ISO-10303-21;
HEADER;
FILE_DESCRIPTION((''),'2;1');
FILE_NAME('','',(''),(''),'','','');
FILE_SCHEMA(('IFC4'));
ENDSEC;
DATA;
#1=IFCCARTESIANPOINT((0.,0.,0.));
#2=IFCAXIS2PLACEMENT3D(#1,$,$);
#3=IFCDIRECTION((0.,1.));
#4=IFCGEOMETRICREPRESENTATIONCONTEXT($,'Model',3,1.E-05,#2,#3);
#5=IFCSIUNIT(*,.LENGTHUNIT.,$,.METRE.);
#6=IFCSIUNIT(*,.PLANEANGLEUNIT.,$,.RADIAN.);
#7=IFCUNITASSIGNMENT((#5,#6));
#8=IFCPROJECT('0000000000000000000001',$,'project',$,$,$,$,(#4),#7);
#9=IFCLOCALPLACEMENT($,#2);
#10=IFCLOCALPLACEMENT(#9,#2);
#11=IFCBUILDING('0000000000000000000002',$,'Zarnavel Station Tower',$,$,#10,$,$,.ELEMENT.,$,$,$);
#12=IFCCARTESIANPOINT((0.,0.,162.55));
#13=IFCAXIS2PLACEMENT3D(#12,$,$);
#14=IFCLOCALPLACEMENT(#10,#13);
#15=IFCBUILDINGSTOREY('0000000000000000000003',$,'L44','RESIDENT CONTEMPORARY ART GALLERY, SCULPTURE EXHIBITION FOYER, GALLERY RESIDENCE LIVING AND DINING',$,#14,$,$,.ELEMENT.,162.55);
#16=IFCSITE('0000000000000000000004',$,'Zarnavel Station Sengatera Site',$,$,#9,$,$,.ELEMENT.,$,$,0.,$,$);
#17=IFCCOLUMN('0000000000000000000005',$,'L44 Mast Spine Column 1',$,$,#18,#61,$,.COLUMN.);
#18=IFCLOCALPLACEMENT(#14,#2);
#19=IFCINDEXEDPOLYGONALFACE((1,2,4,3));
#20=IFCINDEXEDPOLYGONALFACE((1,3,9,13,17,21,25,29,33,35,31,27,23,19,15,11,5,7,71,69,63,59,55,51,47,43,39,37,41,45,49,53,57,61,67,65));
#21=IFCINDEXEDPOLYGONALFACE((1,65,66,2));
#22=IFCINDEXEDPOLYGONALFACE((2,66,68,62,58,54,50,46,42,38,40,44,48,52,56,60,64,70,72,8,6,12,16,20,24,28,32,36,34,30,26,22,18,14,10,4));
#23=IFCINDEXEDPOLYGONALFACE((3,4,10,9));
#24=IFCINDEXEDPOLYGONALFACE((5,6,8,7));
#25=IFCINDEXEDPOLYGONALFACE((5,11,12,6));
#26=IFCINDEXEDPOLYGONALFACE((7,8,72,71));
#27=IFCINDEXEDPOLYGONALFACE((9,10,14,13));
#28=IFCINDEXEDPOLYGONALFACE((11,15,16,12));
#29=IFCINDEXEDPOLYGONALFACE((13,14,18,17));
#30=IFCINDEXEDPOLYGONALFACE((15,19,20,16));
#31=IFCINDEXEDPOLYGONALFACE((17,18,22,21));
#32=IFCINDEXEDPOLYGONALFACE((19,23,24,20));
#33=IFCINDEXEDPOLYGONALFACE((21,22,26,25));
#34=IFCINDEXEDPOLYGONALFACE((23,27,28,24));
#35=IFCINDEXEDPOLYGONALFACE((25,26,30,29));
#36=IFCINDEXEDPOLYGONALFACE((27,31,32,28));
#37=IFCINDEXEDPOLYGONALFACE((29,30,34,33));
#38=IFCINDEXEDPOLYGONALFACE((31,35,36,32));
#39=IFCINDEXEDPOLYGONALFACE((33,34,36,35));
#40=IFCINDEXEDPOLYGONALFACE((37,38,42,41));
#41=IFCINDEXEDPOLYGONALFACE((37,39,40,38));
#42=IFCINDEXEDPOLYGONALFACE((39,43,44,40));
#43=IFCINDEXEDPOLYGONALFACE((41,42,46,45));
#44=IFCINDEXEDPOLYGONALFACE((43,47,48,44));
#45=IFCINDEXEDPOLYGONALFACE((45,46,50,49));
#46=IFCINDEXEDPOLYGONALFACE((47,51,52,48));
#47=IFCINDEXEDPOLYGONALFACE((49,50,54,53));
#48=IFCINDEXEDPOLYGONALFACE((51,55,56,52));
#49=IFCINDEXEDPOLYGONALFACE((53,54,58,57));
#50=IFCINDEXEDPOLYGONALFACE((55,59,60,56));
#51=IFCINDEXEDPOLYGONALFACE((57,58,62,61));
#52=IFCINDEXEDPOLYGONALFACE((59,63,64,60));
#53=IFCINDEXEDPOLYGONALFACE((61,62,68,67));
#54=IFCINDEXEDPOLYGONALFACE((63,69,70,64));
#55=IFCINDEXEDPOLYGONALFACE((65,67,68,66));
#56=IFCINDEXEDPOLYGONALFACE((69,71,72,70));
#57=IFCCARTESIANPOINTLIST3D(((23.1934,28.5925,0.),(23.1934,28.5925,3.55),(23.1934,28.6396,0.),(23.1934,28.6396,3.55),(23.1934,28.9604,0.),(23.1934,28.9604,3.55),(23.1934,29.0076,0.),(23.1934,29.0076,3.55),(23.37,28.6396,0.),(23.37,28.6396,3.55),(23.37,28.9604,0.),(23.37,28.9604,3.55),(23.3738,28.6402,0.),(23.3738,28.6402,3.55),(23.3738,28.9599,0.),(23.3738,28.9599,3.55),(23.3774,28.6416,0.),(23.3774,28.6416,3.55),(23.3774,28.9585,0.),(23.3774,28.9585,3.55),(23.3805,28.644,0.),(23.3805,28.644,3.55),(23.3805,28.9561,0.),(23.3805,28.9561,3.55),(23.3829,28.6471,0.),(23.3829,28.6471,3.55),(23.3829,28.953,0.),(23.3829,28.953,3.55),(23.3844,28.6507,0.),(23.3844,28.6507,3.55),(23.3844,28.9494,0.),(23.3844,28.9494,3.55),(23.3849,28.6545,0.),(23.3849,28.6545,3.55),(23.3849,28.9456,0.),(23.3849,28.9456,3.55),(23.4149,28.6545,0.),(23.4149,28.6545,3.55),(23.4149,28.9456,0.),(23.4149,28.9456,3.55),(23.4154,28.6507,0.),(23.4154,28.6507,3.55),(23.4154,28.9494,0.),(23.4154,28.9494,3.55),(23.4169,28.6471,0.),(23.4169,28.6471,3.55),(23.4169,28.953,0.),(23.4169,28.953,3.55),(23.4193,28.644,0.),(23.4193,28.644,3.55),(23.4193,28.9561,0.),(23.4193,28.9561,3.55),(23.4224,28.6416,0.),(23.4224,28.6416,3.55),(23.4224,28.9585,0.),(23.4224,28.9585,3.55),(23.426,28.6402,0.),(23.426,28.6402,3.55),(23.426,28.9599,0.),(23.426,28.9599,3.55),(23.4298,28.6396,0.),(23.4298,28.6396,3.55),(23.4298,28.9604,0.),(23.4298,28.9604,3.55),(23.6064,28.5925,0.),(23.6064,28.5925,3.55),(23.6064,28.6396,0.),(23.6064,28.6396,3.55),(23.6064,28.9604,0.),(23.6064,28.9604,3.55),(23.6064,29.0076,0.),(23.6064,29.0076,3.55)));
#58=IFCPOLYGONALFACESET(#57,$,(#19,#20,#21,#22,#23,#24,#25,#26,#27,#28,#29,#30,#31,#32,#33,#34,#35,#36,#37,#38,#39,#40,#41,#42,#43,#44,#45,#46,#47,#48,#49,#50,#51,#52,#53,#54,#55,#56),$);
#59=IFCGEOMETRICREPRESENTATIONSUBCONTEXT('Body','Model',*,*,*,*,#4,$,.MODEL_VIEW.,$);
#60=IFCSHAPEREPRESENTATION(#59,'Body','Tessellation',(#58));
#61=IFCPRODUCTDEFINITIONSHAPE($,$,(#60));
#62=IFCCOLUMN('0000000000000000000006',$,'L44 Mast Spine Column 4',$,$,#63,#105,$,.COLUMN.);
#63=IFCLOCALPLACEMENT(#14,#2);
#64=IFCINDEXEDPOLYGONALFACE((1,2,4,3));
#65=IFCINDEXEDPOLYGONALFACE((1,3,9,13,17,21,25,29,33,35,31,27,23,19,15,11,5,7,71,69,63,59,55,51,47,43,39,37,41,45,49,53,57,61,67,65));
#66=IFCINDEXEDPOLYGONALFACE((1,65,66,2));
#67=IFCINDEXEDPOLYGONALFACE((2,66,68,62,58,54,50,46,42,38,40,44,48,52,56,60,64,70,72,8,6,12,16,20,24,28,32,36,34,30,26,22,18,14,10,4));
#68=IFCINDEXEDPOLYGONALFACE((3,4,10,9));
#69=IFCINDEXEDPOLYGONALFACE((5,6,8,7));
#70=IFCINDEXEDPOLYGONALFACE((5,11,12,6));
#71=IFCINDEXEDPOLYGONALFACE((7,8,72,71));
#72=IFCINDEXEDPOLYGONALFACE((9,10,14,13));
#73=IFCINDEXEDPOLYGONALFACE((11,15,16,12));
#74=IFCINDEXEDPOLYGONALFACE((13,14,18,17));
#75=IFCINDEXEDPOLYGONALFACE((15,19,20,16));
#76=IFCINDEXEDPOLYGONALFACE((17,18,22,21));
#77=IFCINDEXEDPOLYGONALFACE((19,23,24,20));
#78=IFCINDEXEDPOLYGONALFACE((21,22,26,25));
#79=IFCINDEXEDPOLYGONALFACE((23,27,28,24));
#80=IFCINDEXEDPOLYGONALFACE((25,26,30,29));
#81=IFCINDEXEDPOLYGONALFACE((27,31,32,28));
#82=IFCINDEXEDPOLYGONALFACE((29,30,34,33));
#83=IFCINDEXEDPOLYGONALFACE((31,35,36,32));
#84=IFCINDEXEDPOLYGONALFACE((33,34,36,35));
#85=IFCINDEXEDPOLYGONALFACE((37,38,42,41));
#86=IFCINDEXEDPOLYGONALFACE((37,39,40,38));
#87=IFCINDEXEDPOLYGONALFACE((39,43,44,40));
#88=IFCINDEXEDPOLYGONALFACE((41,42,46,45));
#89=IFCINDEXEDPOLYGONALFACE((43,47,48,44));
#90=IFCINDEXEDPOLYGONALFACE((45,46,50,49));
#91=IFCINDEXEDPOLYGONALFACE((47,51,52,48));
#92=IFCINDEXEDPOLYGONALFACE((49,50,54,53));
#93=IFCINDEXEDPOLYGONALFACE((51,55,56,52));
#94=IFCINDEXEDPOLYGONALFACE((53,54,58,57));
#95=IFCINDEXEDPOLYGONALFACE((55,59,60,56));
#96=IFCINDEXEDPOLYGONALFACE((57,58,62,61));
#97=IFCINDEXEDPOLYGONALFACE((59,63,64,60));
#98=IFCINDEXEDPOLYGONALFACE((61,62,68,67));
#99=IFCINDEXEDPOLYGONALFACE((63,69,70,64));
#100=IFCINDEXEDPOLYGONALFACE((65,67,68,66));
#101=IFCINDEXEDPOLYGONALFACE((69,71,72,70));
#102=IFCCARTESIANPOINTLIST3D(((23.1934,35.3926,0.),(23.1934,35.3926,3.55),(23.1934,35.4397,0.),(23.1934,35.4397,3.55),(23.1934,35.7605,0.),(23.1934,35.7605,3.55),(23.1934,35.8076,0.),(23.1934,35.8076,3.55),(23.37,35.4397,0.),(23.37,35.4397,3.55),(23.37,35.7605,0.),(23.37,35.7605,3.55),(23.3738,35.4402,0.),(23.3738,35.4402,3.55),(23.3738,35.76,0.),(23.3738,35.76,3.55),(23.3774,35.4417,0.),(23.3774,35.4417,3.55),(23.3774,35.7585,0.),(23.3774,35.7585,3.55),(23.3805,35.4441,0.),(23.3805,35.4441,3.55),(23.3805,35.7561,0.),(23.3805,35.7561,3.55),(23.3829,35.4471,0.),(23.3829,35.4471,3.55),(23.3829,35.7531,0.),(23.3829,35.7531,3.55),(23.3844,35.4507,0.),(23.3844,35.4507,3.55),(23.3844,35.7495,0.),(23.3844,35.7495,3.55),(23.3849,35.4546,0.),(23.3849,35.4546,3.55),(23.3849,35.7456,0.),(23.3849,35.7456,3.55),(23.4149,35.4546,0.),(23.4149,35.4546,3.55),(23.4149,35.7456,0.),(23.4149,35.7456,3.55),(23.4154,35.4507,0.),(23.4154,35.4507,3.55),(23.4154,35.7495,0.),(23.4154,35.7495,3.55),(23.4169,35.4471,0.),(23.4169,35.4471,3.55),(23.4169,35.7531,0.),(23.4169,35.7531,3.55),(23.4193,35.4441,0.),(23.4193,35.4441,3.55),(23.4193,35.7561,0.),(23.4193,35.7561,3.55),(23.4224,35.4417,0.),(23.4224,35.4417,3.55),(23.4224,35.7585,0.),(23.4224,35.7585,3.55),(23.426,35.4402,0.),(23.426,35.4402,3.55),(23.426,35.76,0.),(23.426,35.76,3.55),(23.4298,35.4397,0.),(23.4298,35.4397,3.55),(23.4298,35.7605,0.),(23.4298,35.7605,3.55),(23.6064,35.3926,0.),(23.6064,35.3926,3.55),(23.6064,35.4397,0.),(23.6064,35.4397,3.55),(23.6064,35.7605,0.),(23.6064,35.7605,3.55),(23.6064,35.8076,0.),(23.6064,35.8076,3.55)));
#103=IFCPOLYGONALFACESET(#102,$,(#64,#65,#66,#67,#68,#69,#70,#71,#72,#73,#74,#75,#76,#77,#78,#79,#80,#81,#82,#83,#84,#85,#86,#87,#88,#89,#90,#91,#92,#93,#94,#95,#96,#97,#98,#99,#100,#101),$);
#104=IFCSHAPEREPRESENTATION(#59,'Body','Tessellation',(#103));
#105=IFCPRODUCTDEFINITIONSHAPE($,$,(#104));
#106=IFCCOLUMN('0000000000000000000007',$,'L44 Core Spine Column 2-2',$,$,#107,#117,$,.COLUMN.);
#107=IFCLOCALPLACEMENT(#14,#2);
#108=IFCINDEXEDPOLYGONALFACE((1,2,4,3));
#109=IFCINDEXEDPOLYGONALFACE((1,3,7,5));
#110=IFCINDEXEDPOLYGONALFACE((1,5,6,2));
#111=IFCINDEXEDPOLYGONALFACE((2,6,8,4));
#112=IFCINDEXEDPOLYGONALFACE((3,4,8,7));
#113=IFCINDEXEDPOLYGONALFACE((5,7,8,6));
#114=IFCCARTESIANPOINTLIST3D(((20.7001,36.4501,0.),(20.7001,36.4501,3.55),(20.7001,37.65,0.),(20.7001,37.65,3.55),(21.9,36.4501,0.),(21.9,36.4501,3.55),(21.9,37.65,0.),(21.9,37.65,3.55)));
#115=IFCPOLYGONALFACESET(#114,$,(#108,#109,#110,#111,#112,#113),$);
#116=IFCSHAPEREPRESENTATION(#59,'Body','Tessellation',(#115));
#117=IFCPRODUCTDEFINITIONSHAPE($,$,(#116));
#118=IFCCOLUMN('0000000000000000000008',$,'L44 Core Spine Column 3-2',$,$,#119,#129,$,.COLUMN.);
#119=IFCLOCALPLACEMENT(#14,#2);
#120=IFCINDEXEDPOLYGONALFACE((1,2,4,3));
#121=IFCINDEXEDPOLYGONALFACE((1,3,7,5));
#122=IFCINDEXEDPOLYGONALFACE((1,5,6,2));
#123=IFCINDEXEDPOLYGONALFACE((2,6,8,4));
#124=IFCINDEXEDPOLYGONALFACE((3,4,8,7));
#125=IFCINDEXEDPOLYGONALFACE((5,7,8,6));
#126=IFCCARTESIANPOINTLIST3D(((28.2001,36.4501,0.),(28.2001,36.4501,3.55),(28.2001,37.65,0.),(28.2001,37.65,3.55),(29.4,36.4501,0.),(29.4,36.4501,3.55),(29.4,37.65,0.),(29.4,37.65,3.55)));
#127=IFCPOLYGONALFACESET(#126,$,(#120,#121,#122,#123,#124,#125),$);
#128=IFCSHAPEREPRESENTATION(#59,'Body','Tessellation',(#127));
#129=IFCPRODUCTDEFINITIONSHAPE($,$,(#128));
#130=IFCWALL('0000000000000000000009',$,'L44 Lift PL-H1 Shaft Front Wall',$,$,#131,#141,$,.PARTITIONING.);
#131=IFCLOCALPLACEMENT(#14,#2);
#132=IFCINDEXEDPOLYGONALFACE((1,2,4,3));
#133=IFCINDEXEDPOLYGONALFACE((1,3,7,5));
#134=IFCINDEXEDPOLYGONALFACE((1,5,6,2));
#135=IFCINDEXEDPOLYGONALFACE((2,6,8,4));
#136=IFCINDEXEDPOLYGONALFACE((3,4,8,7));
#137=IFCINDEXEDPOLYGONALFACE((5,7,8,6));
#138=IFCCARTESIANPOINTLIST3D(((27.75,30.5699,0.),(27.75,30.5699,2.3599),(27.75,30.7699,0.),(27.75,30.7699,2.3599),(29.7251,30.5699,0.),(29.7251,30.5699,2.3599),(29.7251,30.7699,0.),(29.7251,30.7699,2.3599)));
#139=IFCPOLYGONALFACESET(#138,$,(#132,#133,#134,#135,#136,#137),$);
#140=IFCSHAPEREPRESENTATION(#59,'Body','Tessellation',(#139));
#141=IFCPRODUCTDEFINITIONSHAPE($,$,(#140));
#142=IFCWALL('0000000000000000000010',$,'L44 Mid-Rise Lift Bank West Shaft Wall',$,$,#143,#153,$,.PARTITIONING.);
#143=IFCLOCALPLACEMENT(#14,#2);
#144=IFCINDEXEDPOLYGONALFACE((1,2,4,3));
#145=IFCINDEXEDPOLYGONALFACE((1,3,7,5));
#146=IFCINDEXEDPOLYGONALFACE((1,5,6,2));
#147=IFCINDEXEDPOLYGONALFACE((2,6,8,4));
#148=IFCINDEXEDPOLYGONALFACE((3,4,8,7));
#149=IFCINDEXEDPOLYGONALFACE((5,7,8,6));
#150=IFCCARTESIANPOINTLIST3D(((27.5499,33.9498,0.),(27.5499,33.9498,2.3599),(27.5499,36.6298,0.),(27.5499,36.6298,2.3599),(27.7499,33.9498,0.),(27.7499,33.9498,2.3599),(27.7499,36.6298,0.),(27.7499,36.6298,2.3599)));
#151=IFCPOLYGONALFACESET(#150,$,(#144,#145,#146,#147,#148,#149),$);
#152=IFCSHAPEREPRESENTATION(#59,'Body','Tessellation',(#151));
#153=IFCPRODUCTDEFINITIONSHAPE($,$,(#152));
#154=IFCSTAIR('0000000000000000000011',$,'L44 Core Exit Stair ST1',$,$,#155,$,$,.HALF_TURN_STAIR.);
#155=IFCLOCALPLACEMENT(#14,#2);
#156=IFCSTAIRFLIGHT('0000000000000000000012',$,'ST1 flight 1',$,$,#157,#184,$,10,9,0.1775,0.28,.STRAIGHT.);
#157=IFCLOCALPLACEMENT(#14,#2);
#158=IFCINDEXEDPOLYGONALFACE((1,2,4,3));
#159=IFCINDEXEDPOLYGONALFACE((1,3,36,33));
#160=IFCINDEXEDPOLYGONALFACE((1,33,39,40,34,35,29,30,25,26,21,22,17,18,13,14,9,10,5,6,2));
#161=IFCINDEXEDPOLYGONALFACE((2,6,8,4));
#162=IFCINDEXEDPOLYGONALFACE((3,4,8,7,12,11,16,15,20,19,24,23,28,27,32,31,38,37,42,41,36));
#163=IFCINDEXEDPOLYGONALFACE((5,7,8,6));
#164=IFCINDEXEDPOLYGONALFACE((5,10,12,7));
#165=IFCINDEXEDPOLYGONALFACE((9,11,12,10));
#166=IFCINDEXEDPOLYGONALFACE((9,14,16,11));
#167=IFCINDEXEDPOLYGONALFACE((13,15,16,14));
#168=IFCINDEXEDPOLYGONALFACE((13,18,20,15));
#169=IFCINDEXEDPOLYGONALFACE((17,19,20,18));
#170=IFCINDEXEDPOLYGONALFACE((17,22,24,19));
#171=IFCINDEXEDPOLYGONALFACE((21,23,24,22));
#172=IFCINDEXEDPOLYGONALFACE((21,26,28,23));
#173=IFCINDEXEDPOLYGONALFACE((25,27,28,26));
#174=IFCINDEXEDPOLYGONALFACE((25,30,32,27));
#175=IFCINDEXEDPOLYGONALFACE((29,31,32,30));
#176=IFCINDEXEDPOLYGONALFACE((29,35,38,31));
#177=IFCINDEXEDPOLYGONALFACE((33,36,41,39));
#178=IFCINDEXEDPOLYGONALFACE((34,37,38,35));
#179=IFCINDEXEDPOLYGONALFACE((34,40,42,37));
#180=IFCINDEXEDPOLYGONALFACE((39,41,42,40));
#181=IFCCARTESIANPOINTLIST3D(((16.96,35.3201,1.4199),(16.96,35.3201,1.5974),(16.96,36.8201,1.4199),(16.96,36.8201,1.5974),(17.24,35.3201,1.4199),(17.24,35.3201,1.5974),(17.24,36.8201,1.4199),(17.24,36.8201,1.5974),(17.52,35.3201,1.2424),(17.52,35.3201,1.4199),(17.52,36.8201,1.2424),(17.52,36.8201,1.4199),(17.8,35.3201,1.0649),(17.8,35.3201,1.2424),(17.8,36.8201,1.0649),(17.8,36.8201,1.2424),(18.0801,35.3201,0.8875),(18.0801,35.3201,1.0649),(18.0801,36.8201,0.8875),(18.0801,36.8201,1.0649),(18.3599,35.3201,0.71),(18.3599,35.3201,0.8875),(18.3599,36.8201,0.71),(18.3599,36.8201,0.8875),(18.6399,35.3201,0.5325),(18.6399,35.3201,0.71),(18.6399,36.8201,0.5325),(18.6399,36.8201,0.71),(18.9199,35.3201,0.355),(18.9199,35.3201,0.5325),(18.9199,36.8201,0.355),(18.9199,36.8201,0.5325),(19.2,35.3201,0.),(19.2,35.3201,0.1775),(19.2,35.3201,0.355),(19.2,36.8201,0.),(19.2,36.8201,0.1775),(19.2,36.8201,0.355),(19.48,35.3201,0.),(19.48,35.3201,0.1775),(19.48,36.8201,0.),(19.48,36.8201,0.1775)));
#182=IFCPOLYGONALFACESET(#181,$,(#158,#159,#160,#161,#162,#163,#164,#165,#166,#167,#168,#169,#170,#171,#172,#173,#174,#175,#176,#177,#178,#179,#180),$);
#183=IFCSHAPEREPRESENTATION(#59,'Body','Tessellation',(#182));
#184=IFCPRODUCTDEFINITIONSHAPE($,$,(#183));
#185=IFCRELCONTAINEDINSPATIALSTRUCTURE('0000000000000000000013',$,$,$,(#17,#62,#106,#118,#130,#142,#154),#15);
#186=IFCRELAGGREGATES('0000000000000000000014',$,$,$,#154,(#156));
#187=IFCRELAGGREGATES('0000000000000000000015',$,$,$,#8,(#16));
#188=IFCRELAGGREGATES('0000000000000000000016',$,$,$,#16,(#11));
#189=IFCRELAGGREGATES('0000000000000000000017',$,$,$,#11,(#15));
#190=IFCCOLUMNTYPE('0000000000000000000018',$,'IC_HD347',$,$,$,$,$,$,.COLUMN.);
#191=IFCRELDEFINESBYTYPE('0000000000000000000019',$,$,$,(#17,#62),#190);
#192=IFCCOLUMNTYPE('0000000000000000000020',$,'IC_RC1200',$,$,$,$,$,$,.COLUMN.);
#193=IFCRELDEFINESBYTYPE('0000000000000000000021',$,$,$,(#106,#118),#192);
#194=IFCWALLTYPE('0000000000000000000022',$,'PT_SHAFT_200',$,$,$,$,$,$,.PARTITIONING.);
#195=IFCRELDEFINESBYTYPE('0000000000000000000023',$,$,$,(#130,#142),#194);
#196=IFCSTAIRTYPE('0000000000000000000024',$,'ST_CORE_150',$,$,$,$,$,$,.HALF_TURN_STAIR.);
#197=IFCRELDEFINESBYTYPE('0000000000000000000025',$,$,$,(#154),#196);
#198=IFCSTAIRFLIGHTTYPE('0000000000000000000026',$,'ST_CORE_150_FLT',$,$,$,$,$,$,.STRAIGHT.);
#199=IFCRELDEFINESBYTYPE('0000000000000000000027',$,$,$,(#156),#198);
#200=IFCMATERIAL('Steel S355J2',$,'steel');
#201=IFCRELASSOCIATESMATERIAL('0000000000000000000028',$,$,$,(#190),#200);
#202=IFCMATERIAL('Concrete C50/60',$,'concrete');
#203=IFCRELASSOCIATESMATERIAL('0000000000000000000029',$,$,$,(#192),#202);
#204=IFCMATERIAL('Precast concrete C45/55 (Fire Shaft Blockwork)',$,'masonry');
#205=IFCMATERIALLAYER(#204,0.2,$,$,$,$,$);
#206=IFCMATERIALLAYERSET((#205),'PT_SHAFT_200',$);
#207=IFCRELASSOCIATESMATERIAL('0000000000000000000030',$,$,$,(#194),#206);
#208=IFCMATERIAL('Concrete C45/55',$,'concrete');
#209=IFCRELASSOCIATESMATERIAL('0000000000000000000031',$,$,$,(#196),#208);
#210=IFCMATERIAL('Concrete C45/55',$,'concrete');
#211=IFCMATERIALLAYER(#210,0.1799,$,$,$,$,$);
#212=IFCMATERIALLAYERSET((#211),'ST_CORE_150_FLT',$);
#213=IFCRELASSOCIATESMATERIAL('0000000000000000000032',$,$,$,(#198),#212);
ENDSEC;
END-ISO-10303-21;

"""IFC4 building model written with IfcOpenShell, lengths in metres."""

from ifc_helpers import new_model, si_unit, direction, frame, frame_2d, origin, origin_2d, place, context, subcontext, project, spatial, polyline, rectangle, i_section, outline, extrude, material, layer, layer_set, material_profile, profile_set, type_object, element, aggregate, save


model = new_model("IFC4")

# Units and contexts
model_context = context("Model", 3, precision=1e-05, world=origin(), true_north=direction((0.0, 1.0)))
body_context = subcontext(model_context, "Body", "Model", "MODEL_VIEW")
ifc_project = project(units=[si_unit("LENGTHUNIT", "METRE"), si_unit("PLANEANGLEUNIT", "RADIAN")], contexts=[model_context])

# Site, building, storey
site_placement = place(None, origin())
site = spatial("IfcSite", under=ifc_project, at=site_placement, Name="Zarnavel Station Sengatera Site", CompositionType="ELEMENT", RefElevation=0.0)
building_placement = place(site_placement, origin())
building = spatial("IfcBuilding", under=site, at=building_placement, Name="Zarnavel Station Tower", CompositionType="ELEMENT")
storey_placement = place(building_placement, frame((0.0, 0.0, 162.55)))
storey = spatial("IfcBuildingStorey", under=building, at=storey_placement, Name="L44", Description="RESIDENT CONTEMPORARY ART GALLERY, SCULPTURE EXHIBITION FOYER, GALLERY RESIDENCE LIVING AND DINING", CompositionType="ELEMENT", Elevation=162.55)

# Columns
ifc_material_1 = material(Name="Steel S355J2", Category="steel")
ifc_material_profile_1 = material_profile(ifc_material_1, i_section(OverallWidth=0.4131, OverallDepth=0.415, WebThickness=0.03, FlangeThickness=0.0471, FilletRadius=0.0149, at=origin_2d()), Name="HD400x347")
ifc_profile_set_1 = profile_set([ifc_material_profile_1], Name="Steel S355J2")
column_type_1 = type_object("IfcColumnType", Name="IC_HD347", PredefinedType="COLUMN", material=ifc_profile_set_1)
for number, where, z_axis, x_axis, name in (
    (1, (23.3999, 28.8, 0.0), (0.0, 0.0, 1.0), (1.0, 0.0, 0.0), "L44 Mast Spine Column 1"),
    (2, (23.3999, 35.6001, 0.0), (0.0, 0.0, 1.0), (1.0, 0.0, 0.0), "L44 Mast Spine Column 4"),
):
    element("IfcColumn", number, at=place(storey_placement, frame(where, z_axis=z_axis, x_axis=x_axis)), inside=storey, type_object=column_type_1, Name=name, PredefinedType="COLUMN", context=body_context, shape_type="SweptSolid", body=[
        extrude(i_section(OverallWidth=0.4131, OverallDepth=0.415, WebThickness=0.03, FlangeThickness=0.0471, FilletRadius=0.0149, at=origin_2d()), origin(), (0.0, 0.0, 1.0), 3.55),
    ])
ifc_material_2 = material(Name="Concrete C50/60", Category="concrete")
ifc_material_profile_2 = material_profile(ifc_material_2, rectangle(XDim=1.2, YDim=1.2, at=origin_2d()), Name="RC1200x1200")
ifc_profile_set_2 = profile_set([ifc_material_profile_2], Name="Concrete C50/60")
column_type_2 = type_object("IfcColumnType", Name="IC_RC1200", PredefinedType="COLUMN", material=ifc_profile_set_2)
for number, where, z_axis, x_axis, name in (
    (3, (21.3, 37.05, 0.0), (0.0, 0.0, 1.0), (1.0, 0.0, 0.0), "L44 Core Spine Column 2-2"),
    (4, (28.8, 37.05, 0.0), (0.0, 0.0, 1.0), (1.0, 0.0, 0.0), "L44 Core Spine Column 3-2"),
):
    element("IfcColumn", number, at=place(storey_placement, frame(where, z_axis=z_axis, x_axis=x_axis)), inside=storey, type_object=column_type_2, Name=name, PredefinedType="COLUMN", context=body_context, shape_type="SweptSolid", body=[
        extrude(rectangle(XDim=1.2, YDim=1.2, at=origin_2d()), origin(), (0.0, 0.0, 1.0), 3.55),
    ])

# Wall
ifc_material_3 = material(Name="Precast concrete C45/55 (Fire Shaft Blockwork)", Category="masonry")
ifc_layer_1 = layer(ifc_material_3, 0.2)
ifc_layer_set_1 = layer_set([ifc_layer_1], Name="PT_SHAFT_200")
wall_type_1 = type_object("IfcWallType", Name="PT_SHAFT_200", PredefinedType="PARTITIONING", material=ifc_layer_set_1)
wall_1_placement = place(storey_placement, frame((27.75, 30.6699, 0.0), z_axis=(0.0, 0.0, 1.0), x_axis=(1.0, 0.0, 0.0)))
element("IfcWall", 5, at=wall_1_placement, inside=storey, type_object=wall_type_1, Name="L44 Lift PL-H1 Shaft Front Wall", PredefinedType="PARTITIONING", context=body_context, shape_type="SweptSolid", body=[
    extrude(rectangle(XDim=1.9751, YDim=0.2, at=frame_2d((0.9875, 0.0))), origin(), (0.0, 0.0, 1.0), 2.3599),
])

# Wall
wall_2_placement = place(storey_placement, frame((27.6499, 33.95, 0.0), z_axis=(0.0, 0.0, 1.0), x_axis=(0.0, 1.0, 0.0)))
element("IfcWall", 6, at=wall_2_placement, inside=storey, type_object=wall_type_1, Name="L44 Mid-Rise Lift Bank West Shaft Wall", PredefinedType="PARTITIONING", context=body_context, shape_type="SweptSolid", body=[
    extrude(rectangle(XDim=2.6799, YDim=0.2, at=frame_2d((1.3398, 0.0))), origin(), (0.0, 0.0, 1.0), 2.3599),
])

# Stair, stair flight
ifc_material_4 = material(Name="Concrete C45/55", Category="concrete")
stair_type = type_object("IfcStairType", Name="ST_CORE_150", PredefinedType="HALF_TURN_STAIR", material=ifc_material_4)
stair_placement = place(storey_placement, origin())
stair = element("IfcStair", 7, at=stair_placement, inside=storey, type_object=stair_type, Name="L44 Core Exit Stair ST1", PredefinedType="HALF_TURN_STAIR")
ifc_material_5 = material(Name="Concrete C45/55", Category="concrete")
ifc_layer_2 = layer(ifc_material_5, 0.1799)
ifc_layer_set_2 = layer_set([ifc_layer_2], Name="ST_CORE_150_FLT")
stair_flight_type = type_object("IfcStairFlightType", Name="ST_CORE_150_FLT", PredefinedType="STRAIGHT", material=ifc_layer_set_2)
stair_flight_1_placement = place(storey_placement, frame((19.48, 36.0701, 0.0), z_axis=(0.0, 0.0, 1.0), x_axis=(-1.0, 0.0, 0.0)))
stair_flight_1 = element("IfcStairFlight", 8, at=stair_flight_1_placement, type_object=stair_flight_type, Name="ST1 flight 1", NumberOfRisers=10, NumberOfTreads=9, PredefinedType="STRAIGHT", RiserHeight=0.1775, TreadLength=0.28, context=body_context, shape_type="SweptSolid", body=[
    extrude(outline(polyline([(0.0, 0.0), (0.0, 0.1775), (0.28, 0.1775), (0.28, 0.355), (0.5601, 0.355), (0.5601, 0.5325), (0.8401, 0.5325), (0.8401, 0.71), (1.1201, 0.71), (1.1201, 0.8875), (1.3999, 0.8875), (1.3999, 1.0649), (1.6799, 1.0649), (1.6799, 1.2424), (1.96, 1.2424), (1.96, 1.4199), (2.24, 1.4199), (2.24, 1.5974), (2.52, 1.5974), (2.52, 1.7749), (2.52, 1.4199), (0.28, 0.0), (0.0, 0.0)])), frame((0.0, 0.75, 0.0), z_axis=(0.0, -1.0, 0.0), x_axis=(1.0, 0.0, 0.0)), (0.0, 0.0, 1.0), 1.5),
])
aggregate(stair, [stair_flight_1])

save(model, "model.ifc")
